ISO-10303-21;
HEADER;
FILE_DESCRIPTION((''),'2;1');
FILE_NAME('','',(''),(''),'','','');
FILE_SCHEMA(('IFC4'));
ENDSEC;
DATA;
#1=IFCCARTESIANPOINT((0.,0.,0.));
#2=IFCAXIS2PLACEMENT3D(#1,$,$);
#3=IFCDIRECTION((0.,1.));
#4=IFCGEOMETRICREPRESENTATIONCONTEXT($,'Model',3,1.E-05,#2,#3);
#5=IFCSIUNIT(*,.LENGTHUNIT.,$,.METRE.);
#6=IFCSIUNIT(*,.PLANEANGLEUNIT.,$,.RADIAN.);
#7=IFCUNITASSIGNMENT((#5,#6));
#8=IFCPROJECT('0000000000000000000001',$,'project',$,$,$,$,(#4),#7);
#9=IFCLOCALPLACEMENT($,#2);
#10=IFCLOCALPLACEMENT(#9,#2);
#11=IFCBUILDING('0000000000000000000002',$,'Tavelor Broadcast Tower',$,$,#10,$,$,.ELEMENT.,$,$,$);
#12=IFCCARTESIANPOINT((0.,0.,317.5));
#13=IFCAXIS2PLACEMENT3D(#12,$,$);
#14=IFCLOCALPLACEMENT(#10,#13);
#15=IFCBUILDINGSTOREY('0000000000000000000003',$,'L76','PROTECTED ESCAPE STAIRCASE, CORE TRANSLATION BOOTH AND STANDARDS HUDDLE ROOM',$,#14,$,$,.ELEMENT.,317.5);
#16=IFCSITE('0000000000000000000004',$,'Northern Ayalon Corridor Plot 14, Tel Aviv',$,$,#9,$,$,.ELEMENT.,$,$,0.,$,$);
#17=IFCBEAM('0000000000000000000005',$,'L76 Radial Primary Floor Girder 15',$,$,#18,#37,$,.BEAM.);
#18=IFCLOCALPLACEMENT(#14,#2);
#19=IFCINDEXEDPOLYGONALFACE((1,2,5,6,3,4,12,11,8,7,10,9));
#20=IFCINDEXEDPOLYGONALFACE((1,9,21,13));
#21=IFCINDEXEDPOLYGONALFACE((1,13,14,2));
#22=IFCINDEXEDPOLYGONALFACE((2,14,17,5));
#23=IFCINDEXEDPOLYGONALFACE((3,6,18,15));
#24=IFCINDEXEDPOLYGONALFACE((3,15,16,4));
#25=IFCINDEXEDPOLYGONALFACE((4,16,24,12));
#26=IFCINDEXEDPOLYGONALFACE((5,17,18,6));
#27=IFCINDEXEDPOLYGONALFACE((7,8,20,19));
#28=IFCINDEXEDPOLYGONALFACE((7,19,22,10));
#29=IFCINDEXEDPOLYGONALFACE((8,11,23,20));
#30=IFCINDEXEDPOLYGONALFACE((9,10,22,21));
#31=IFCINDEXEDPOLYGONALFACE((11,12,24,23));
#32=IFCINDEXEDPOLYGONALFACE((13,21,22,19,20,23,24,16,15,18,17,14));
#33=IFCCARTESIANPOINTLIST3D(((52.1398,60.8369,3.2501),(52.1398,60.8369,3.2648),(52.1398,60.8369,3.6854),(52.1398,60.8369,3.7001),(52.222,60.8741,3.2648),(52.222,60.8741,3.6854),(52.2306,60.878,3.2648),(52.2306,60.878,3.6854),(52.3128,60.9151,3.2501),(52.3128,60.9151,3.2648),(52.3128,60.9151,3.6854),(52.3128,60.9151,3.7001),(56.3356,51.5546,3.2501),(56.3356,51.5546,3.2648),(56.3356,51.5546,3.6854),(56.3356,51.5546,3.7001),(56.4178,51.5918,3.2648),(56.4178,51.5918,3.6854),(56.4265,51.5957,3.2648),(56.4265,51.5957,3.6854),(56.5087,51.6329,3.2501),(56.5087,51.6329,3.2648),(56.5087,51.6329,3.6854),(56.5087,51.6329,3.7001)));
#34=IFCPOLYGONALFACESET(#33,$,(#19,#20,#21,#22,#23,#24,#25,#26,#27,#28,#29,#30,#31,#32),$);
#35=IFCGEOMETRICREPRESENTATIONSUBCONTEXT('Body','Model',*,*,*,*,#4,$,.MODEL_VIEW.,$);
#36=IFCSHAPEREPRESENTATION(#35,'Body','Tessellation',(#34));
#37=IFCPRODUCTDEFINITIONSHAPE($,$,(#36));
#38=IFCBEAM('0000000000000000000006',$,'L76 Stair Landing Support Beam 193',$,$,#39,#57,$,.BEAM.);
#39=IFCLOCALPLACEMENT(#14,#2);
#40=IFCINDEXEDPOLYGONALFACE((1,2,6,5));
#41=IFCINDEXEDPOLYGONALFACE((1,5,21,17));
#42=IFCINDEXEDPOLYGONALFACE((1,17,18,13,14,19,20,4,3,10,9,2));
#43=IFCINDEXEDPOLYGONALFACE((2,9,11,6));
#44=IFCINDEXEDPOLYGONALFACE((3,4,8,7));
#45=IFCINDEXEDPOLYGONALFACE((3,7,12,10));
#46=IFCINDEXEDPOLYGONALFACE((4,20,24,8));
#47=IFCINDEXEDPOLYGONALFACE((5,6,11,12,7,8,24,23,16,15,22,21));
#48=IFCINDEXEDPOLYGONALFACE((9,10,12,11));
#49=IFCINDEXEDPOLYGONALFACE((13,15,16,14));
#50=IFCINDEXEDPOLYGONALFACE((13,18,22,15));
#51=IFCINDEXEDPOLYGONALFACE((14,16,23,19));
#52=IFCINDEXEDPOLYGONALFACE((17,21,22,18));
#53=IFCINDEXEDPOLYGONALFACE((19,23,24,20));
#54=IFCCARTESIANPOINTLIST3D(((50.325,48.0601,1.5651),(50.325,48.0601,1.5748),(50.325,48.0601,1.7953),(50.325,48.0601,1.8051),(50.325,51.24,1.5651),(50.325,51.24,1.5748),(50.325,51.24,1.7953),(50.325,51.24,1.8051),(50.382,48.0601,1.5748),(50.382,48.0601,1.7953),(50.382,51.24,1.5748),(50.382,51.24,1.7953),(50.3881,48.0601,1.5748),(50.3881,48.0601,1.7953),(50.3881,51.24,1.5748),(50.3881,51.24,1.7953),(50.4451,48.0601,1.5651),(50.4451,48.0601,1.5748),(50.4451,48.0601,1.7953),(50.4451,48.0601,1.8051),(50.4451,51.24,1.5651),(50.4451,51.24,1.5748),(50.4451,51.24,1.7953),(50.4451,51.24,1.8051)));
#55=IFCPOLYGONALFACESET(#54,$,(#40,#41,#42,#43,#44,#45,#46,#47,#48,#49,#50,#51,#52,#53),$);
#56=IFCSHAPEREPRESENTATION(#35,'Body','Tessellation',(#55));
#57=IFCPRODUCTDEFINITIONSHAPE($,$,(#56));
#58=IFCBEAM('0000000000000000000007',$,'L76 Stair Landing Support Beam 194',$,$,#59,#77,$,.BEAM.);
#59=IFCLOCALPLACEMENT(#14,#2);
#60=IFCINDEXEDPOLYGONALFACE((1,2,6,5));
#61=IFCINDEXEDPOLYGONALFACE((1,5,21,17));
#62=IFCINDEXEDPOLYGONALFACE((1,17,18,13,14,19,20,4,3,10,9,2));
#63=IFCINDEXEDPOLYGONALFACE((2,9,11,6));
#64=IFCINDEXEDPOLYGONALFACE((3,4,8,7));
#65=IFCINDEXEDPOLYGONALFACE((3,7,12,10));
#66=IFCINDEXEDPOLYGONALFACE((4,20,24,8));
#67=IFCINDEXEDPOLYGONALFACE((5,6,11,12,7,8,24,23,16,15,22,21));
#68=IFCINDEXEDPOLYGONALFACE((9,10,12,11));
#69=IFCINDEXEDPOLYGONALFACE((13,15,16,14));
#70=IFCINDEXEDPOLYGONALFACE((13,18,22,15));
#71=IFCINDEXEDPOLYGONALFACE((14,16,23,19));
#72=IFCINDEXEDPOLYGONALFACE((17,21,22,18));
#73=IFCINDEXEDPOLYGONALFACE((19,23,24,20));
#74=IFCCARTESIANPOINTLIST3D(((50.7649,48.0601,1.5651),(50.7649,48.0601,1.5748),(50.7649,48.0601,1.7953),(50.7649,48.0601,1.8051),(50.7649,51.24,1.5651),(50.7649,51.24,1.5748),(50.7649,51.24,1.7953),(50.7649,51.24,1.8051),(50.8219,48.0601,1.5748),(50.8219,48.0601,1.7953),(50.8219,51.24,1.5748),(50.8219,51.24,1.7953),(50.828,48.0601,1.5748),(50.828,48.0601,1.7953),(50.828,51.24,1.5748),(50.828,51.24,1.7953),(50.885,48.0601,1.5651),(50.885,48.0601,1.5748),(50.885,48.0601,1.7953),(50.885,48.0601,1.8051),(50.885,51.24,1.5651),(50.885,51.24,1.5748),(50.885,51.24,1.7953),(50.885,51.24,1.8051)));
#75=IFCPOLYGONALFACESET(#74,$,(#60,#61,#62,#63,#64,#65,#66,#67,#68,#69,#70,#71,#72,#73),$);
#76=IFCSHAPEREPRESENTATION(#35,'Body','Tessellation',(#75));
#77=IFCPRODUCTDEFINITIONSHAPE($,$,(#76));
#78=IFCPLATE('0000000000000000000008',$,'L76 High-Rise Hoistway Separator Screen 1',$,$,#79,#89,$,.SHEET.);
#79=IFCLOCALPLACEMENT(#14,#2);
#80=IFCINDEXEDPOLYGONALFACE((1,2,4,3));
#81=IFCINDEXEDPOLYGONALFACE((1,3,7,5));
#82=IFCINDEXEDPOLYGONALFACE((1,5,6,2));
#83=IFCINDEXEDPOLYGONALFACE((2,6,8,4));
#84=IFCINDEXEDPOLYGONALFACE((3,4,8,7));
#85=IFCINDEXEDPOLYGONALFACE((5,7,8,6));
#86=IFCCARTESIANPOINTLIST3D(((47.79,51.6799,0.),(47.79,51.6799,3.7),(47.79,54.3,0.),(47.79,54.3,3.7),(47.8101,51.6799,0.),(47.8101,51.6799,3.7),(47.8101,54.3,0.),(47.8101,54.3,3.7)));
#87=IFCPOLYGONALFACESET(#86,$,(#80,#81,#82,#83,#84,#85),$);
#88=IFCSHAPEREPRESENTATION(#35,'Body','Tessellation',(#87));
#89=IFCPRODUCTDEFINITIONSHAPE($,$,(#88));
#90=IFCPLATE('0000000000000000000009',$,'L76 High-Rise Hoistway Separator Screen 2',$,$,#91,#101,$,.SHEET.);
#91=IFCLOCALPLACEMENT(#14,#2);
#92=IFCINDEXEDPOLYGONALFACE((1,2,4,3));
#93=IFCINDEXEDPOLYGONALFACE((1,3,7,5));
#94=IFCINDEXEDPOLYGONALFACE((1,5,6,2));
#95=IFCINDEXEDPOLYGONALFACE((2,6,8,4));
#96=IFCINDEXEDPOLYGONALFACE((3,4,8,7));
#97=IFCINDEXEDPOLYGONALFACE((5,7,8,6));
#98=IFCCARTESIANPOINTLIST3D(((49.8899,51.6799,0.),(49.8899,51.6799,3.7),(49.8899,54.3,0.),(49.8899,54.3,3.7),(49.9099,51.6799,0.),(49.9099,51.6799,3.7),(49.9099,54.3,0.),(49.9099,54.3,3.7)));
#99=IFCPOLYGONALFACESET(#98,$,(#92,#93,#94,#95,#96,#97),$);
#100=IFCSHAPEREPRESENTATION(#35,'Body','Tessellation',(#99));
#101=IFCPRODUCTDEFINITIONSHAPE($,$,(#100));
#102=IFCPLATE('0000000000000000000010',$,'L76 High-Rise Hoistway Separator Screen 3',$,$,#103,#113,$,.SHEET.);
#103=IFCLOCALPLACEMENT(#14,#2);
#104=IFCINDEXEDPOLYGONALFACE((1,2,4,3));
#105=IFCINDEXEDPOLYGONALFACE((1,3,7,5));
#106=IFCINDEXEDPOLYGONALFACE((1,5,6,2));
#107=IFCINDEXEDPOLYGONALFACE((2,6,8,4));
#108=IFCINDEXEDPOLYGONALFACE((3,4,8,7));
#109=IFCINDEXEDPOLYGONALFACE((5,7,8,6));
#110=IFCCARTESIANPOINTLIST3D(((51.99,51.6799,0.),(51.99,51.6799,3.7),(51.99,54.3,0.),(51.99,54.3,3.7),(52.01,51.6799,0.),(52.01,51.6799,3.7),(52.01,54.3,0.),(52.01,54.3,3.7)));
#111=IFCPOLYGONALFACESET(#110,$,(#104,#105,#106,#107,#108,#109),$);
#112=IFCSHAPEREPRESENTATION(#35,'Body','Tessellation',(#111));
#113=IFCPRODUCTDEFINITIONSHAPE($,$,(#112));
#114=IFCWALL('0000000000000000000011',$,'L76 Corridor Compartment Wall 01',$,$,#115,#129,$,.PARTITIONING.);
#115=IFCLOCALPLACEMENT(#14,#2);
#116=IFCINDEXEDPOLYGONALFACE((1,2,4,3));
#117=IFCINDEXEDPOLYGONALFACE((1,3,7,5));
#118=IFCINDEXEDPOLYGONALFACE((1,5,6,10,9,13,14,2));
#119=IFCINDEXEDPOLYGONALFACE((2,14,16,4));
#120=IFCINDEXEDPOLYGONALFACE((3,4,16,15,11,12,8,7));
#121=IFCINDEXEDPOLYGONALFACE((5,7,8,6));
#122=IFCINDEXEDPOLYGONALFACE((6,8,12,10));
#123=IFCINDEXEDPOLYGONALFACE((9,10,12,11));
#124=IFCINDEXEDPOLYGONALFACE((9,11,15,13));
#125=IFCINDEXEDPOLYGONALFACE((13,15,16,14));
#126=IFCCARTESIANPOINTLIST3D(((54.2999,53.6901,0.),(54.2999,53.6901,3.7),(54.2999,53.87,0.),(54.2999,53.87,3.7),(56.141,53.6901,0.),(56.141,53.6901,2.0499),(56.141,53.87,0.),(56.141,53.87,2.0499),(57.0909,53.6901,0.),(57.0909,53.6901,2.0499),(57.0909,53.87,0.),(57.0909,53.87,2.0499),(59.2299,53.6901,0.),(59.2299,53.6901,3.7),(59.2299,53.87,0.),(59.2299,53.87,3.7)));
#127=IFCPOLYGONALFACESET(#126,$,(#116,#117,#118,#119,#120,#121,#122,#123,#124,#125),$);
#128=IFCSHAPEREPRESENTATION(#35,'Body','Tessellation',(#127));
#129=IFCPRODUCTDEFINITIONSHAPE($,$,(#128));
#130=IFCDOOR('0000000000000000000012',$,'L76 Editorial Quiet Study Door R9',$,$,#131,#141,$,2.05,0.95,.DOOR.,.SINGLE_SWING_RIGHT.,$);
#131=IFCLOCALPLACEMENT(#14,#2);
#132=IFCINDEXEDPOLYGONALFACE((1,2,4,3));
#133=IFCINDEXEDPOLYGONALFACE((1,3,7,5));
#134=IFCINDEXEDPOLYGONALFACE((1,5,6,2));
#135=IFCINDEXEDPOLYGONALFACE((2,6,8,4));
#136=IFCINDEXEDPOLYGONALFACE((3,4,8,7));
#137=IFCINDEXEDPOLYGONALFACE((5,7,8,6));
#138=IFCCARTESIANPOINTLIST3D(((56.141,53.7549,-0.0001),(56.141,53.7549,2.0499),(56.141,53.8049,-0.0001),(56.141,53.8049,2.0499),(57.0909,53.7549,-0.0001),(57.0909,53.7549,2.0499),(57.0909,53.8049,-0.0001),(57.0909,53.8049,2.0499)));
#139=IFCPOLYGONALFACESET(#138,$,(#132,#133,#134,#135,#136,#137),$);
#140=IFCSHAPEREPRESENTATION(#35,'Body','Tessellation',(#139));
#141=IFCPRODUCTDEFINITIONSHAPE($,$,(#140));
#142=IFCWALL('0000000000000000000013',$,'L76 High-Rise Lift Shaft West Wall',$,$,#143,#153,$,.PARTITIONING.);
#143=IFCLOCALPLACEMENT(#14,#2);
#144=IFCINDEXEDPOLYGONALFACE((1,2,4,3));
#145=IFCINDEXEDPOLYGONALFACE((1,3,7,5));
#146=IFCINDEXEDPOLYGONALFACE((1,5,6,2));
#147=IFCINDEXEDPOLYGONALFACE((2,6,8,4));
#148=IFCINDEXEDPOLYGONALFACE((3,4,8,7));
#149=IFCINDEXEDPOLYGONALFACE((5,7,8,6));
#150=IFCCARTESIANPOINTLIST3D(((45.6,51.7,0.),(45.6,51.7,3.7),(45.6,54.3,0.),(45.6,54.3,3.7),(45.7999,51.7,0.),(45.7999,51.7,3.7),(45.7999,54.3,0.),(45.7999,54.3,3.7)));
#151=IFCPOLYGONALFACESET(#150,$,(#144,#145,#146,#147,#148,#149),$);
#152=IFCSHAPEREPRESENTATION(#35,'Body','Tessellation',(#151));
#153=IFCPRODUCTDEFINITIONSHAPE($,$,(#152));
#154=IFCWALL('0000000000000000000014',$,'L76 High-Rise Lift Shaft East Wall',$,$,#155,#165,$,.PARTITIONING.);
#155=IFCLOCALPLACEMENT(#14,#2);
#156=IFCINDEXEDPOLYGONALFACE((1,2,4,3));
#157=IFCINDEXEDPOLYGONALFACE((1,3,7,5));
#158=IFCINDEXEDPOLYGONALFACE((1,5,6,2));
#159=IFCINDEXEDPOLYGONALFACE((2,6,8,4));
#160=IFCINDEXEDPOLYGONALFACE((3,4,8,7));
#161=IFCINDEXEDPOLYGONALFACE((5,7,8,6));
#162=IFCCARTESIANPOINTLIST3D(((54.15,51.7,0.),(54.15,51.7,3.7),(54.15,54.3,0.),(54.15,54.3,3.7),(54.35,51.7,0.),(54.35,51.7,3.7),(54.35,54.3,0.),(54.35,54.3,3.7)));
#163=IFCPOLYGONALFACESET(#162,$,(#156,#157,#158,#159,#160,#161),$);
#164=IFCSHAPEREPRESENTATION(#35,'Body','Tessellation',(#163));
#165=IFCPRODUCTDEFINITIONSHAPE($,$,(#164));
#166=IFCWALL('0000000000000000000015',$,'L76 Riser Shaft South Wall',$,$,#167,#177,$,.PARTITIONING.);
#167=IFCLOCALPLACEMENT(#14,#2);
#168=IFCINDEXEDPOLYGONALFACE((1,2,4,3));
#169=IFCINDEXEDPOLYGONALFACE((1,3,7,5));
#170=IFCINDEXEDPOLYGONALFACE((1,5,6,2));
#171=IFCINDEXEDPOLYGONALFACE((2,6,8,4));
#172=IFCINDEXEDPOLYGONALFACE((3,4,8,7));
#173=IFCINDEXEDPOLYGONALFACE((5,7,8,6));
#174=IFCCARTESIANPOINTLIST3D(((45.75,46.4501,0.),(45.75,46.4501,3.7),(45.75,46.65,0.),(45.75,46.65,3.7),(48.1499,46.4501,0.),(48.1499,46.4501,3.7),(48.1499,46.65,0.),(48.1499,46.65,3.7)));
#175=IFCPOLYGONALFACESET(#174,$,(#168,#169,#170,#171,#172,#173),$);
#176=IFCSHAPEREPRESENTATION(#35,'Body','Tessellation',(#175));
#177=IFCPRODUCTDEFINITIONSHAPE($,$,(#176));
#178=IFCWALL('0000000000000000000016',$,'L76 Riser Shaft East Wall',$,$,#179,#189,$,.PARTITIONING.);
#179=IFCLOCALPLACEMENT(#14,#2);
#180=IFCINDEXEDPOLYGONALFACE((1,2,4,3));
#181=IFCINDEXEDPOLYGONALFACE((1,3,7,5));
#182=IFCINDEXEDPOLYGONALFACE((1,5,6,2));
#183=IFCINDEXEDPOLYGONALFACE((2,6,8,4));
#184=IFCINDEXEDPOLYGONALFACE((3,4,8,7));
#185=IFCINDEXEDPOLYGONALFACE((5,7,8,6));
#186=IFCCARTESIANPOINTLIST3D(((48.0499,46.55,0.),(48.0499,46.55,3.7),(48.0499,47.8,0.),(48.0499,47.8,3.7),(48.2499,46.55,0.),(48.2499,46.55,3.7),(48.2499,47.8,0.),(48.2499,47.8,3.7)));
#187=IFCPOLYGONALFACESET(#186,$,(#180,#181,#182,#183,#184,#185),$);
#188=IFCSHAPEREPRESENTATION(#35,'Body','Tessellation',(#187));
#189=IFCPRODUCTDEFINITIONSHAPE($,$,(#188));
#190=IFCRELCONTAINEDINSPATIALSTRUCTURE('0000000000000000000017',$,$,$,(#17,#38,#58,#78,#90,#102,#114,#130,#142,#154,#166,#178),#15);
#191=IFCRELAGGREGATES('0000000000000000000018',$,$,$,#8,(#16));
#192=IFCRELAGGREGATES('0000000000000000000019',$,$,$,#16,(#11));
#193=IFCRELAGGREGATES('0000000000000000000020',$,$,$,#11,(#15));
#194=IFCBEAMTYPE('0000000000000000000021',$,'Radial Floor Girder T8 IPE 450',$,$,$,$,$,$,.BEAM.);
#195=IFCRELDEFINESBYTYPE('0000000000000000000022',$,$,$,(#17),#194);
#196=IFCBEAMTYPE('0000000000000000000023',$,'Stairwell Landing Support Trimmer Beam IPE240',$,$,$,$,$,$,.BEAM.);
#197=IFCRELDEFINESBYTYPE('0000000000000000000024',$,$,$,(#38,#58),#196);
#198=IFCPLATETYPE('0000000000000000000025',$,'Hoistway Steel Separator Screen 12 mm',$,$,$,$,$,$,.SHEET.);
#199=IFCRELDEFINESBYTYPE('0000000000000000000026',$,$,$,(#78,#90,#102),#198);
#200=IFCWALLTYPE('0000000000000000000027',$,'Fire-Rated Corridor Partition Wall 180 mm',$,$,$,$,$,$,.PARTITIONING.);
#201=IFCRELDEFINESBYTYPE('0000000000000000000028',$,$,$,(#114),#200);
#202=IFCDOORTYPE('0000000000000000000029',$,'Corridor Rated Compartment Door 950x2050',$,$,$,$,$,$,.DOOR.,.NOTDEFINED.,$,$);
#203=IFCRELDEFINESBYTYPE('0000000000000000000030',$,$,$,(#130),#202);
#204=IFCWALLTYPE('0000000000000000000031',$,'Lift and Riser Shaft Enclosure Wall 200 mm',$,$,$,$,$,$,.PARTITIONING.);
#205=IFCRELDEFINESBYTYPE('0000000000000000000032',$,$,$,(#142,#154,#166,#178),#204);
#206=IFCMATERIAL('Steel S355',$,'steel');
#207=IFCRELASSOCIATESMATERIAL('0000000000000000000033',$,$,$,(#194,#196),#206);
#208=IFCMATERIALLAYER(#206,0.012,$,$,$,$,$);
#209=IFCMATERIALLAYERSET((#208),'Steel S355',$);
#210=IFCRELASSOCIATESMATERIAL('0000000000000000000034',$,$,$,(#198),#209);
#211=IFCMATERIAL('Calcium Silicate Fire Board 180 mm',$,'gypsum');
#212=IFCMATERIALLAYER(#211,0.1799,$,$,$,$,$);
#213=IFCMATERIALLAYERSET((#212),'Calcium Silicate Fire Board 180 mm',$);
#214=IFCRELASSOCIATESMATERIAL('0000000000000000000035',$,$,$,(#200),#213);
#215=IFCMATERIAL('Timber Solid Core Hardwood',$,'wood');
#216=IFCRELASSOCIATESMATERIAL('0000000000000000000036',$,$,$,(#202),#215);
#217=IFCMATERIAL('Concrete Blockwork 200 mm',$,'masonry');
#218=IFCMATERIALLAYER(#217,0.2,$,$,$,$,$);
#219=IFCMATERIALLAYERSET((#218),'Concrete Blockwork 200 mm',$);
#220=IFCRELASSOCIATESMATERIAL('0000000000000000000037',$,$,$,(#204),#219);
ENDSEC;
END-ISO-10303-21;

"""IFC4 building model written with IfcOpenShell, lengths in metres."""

from ifc_helpers import new_model, si_unit, direction, frame, frame_2d, origin, origin_2d, place, context, subcontext, project, spatial, rectangle, i_section, extrude, source, transform, mapped, material, layer, layer_set, material_profile, profile_set, type_object, type_shapes, element, fill, save


model = new_model("IFC4")

# Units and contexts
model_context = context("Model", 3, precision=1e-05, world=origin(), true_north=direction((0.0, 1.0)))
body_context = subcontext(model_context, "Body", "Model", "MODEL_VIEW")
ifc_project = project(units=[si_unit("LENGTHUNIT", "METRE"), si_unit("PLANEANGLEUNIT", "RADIAN")], contexts=[model_context])

# Site, building, storey
site_placement = place(None, origin())
site = spatial("IfcSite", under=ifc_project, at=site_placement, Name="Northern Ayalon Corridor Plot 14, Tel Aviv", CompositionType="ELEMENT", RefElevation=0.0)
building_placement = place(site_placement, origin())
building = spatial("IfcBuilding", under=site, at=building_placement, Name="Tavelor Broadcast Tower", CompositionType="ELEMENT")
storey_placement = place(building_placement, frame((0.0, 0.0, 317.5)))
storey = spatial("IfcBuildingStorey", under=building, at=storey_placement, Name="L76", Description="PROTECTED ESCAPE STAIRCASE, CORE TRANSLATION BOOTH AND STANDARDS HUDDLE ROOM", CompositionType="ELEMENT", Elevation=317.5)

# Beams
ifc_material_1 = material(Name="Steel S355", Category="steel")
ifc_material_profile_1 = material_profile(ifc_material_1, i_section(OverallWidth=0.1899, OverallDepth=0.45, WebThickness=0.0095, FlangeThickness=0.0146, at=origin_2d()), Name="IPE 450")
ifc_profile_set_1 = profile_set([ifc_material_profile_1], Name="Steel S355")
beam_type_1 = type_object("IfcBeamType", Name="Radial Floor Girder T8 IPE 450", PredefinedType="BEAM", material=ifc_profile_set_1)
beam_placement = place(storey_placement, frame((56.4221, 51.5938, 3.4751), z_axis=(-0.411899, 0.91123, 0.0), x_axis=(-0.91123, -0.411899, 0.0)))
element("IfcBeam", 1, at=beam_placement, inside=storey, type_object=beam_type_1, Name="L76 Radial Primary Floor Girder 15", PredefinedType="BEAM", context=body_context, shape_type="SweptSolid", body=[
    extrude(i_section(OverallWidth=0.1899, OverallDepth=0.45, WebThickness=0.0095, FlangeThickness=0.0146, at=origin_2d()), origin(), (0.0, 0.0, 1.0), 10.1865),
])
ifc_material_profile_2 = material_profile(ifc_material_1, i_section(OverallWidth=0.1201, OverallDepth=0.24, WebThickness=0.0061, FlangeThickness=0.0098, at=origin_2d()), Name="IPE 240")
ifc_profile_set_2 = profile_set([ifc_material_profile_2], Name="Steel S355")
beam_type_2 = type_object("IfcBeamType", Name="Stairwell Landing Support Trimmer Beam IPE240", PredefinedType="BEAM", material=ifc_profile_set_2)
for number, where, z_axis, x_axis, name in (
    (2, (50.385, 48.0601, 1.6851), (0.0, 1.0, 0.0), (-1.0, 0.0, 0.0), "L76 Stair Landing Support Beam 193"),
    (3, (50.825, 48.0601, 1.6851), (0.0, 1.0, 0.0), (-1.0, 0.0, 0.0), "L76 Stair Landing Support Beam 194"),
):
    element("IfcBeam", number, at=place(storey_placement, frame(where, z_axis=z_axis, x_axis=x_axis)), inside=storey, type_object=beam_type_2, Name=name, PredefinedType="BEAM", context=body_context, shape_type="SweptSolid", body=[
        extrude(i_section(OverallWidth=0.1201, OverallDepth=0.24, WebThickness=0.0061, FlangeThickness=0.0098, at=origin_2d()), origin(), (0.0, 0.0, 1.0), 3.1799),
    ])

# Plates
ifc_layer_1 = layer(ifc_material_1, 0.012)
ifc_layer_set_1 = layer_set([ifc_layer_1], Name="Steel S355")
plate_type = type_object("IfcPlateType", Name="Hoistway Steel Separator Screen 12 mm", PredefinedType="SHEET", material=ifc_layer_set_1)
shared_shape = source(origin(), body_context, "Body", "SweptSolid", [
    extrude(rectangle(XDim=0.02, YDim=2.6201, at=origin_2d()), origin(), (0.0, 0.0, 1.0), 3.7),
])
type_shapes(plate_type, [shared_shape])
for number, where, z_axis, x_axis, name in (
    (4, (47.8, 52.99, 0.0), (0.0, 0.0, 1.0), (1.0, 0.0, 0.0), "L76 High-Rise Hoistway Separator Screen 1"),
    (5, (49.8999, 52.99, 0.0), (0.0, 0.0, 1.0), (1.0, 0.0, 0.0), "L76 High-Rise Hoistway Separator Screen 2"),
    (6, (52.0, 52.99, 0.0), (0.0, 0.0, 1.0), (1.0, 0.0, 0.0), "L76 High-Rise Hoistway Separator Screen 3"),
):
    element("IfcPlate", number, at=place(storey_placement, frame(where, z_axis=z_axis, x_axis=x_axis)), inside=storey, type_object=plate_type, Name=name, PredefinedType="SHEET", context=body_context, shape_type="MappedRepresentation", body=[
        mapped(shared_shape, transform((0.0, 0.0, 0.0), scale=1.0)),
    ])

# Wall, opening, door
ifc_material_2 = material(Name="Calcium Silicate Fire Board 180 mm", Category="gypsum")
ifc_layer_2 = layer(ifc_material_2, 0.1799)
ifc_layer_set_2 = layer_set([ifc_layer_2], Name="Calcium Silicate Fire Board 180 mm")
wall_type_1 = type_object("IfcWallType", Name="Fire-Rated Corridor Partition Wall 180 mm", PredefinedType="PARTITIONING", material=ifc_layer_set_2)
wall_1_placement = place(storey_placement, frame((54.3, 53.78, 0.0), z_axis=(0.0, 0.0, 1.0), x_axis=(1.0, 0.0, 0.0)))
wall_1 = element("IfcWall", 7, at=wall_1_placement, inside=storey, type_object=wall_type_1, Name="L76 Corridor Compartment Wall 01", PredefinedType="PARTITIONING", context=body_context, shape_type="SweptSolid", body=[
    extrude(rectangle(XDim=4.9299, YDim=0.1799, at=frame_2d((2.4648, 0.0))), origin(), (0.0, 0.0, 1.0), 3.7),
])
opening_1_placement = place(wall_1_placement, frame((1.8408, 0.0, 0.0)))
opening_1 = element("IfcOpeningElement", 8, at=opening_1_placement, cuts=wall_1, PredefinedType="OPENING", context=body_context, shape_type="SweptSolid", body=[
    extrude(rectangle(XDim=0.95, YDim=2.05, at=frame_2d((0.4751, 1.0249))), frame((0.0, 0.1001, 0.0), z_axis=(0.0, -1.0, 0.0), x_axis=(1.0, 0.0, 0.0)), (0.0, 0.0, 1.0), 0.2),
])
ifc_material_3 = material(Name="Timber Solid Core Hardwood", Category="wood")
door_type_1 = type_object("IfcDoorType", Name="Corridor Rated Compartment Door 950x2050", OperationType="NOTDEFINED", PredefinedType="DOOR", material=ifc_material_3)
door_1_placement = place(opening_1_placement, origin())
door_1 = element("IfcDoor", 9, at=door_1_placement, inside=storey, type_object=door_type_1, Name="L76 Editorial Quiet Study Door R9", OperationType="SINGLE_SWING_RIGHT", OverallHeight=2.05, OverallWidth=0.95, PredefinedType="DOOR", context=body_context, shape_type="SweptSolid", body=[
    extrude(rectangle(XDim=0.95, YDim=2.05, at=frame_2d((0.4751, 1.0249))), frame((0.0, 0.0249, 0.0), z_axis=(0.0, -1.0, 0.0), x_axis=(1.0, 0.0, 0.0)), (0.0, 0.0, 1.0), 0.05),
])
fill(opening_1, door_1)

# Shared definitions
ifc_material_4 = material(Name="Concrete Blockwork 200 mm", Category="masonry")

# Walls
ifc_layer_3 = layer(ifc_material_4, 0.2)
ifc_layer_set_3 = layer_set([ifc_layer_3], Name="Concrete Blockwork 200 mm")
wall_type_2 = type_object("IfcWallType", Name="Lift and Riser Shaft Enclosure Wall 200 mm", PredefinedType="PARTITIONING", material=ifc_layer_set_3)
for number, where, z_axis, x_axis, name in (
    (10, (45.7, 51.7, 0.0), (0.0, 0.0, 1.0), (0.0, 1.0, 0.0), "L76 High-Rise Lift Shaft West Wall"),
    (11, (54.25, 51.7, 0.0), (0.0, 0.0, 1.0), (0.0, 1.0, 0.0), "L76 High-Rise Lift Shaft East Wall"),
):
    element("IfcWall", number, at=place(storey_placement, frame(where, z_axis=z_axis, x_axis=x_axis)), inside=storey, type_object=wall_type_2, Name=name, PredefinedType="PARTITIONING", context=body_context, shape_type="SweptSolid", body=[
        extrude(rectangle(XDim=2.6001, YDim=0.2, at=frame_2d((1.3, 0.0))), origin(), (0.0, 0.0, 1.0), 3.7),
    ])
wall_2_placement = place(storey_placement, frame((45.75, 46.55, 0.0), z_axis=(0.0, 0.0, 1.0), x_axis=(1.0, 0.0, 0.0)))
element("IfcWall", 12, at=wall_2_placement, inside=storey, type_object=wall_type_2, Name="L76 Riser Shaft South Wall", PredefinedType="PARTITIONING", context=body_context, shape_type="SweptSolid", body=[
    extrude(rectangle(XDim=2.3999, YDim=0.2, at=frame_2d((1.2, 0.0))), origin(), (0.0, 0.0, 1.0), 3.7),
])
wall_3_placement = place(storey_placement, frame((48.1499, 46.55, 0.0), z_axis=(0.0, 0.0, 1.0), x_axis=(0.0, 1.0, 0.0)))
element("IfcWall", 13, at=wall_3_placement, inside=storey, type_object=wall_type_2, Name="L76 Riser Shaft East Wall", PredefinedType="PARTITIONING", context=body_context, shape_type="SweptSolid", body=[
    extrude(rectangle(XDim=1.25, YDim=0.2, at=frame_2d((0.625, 0.0))), origin(), (0.0, 0.0, 1.0), 3.7),
])

save(model, "model.ifc")
